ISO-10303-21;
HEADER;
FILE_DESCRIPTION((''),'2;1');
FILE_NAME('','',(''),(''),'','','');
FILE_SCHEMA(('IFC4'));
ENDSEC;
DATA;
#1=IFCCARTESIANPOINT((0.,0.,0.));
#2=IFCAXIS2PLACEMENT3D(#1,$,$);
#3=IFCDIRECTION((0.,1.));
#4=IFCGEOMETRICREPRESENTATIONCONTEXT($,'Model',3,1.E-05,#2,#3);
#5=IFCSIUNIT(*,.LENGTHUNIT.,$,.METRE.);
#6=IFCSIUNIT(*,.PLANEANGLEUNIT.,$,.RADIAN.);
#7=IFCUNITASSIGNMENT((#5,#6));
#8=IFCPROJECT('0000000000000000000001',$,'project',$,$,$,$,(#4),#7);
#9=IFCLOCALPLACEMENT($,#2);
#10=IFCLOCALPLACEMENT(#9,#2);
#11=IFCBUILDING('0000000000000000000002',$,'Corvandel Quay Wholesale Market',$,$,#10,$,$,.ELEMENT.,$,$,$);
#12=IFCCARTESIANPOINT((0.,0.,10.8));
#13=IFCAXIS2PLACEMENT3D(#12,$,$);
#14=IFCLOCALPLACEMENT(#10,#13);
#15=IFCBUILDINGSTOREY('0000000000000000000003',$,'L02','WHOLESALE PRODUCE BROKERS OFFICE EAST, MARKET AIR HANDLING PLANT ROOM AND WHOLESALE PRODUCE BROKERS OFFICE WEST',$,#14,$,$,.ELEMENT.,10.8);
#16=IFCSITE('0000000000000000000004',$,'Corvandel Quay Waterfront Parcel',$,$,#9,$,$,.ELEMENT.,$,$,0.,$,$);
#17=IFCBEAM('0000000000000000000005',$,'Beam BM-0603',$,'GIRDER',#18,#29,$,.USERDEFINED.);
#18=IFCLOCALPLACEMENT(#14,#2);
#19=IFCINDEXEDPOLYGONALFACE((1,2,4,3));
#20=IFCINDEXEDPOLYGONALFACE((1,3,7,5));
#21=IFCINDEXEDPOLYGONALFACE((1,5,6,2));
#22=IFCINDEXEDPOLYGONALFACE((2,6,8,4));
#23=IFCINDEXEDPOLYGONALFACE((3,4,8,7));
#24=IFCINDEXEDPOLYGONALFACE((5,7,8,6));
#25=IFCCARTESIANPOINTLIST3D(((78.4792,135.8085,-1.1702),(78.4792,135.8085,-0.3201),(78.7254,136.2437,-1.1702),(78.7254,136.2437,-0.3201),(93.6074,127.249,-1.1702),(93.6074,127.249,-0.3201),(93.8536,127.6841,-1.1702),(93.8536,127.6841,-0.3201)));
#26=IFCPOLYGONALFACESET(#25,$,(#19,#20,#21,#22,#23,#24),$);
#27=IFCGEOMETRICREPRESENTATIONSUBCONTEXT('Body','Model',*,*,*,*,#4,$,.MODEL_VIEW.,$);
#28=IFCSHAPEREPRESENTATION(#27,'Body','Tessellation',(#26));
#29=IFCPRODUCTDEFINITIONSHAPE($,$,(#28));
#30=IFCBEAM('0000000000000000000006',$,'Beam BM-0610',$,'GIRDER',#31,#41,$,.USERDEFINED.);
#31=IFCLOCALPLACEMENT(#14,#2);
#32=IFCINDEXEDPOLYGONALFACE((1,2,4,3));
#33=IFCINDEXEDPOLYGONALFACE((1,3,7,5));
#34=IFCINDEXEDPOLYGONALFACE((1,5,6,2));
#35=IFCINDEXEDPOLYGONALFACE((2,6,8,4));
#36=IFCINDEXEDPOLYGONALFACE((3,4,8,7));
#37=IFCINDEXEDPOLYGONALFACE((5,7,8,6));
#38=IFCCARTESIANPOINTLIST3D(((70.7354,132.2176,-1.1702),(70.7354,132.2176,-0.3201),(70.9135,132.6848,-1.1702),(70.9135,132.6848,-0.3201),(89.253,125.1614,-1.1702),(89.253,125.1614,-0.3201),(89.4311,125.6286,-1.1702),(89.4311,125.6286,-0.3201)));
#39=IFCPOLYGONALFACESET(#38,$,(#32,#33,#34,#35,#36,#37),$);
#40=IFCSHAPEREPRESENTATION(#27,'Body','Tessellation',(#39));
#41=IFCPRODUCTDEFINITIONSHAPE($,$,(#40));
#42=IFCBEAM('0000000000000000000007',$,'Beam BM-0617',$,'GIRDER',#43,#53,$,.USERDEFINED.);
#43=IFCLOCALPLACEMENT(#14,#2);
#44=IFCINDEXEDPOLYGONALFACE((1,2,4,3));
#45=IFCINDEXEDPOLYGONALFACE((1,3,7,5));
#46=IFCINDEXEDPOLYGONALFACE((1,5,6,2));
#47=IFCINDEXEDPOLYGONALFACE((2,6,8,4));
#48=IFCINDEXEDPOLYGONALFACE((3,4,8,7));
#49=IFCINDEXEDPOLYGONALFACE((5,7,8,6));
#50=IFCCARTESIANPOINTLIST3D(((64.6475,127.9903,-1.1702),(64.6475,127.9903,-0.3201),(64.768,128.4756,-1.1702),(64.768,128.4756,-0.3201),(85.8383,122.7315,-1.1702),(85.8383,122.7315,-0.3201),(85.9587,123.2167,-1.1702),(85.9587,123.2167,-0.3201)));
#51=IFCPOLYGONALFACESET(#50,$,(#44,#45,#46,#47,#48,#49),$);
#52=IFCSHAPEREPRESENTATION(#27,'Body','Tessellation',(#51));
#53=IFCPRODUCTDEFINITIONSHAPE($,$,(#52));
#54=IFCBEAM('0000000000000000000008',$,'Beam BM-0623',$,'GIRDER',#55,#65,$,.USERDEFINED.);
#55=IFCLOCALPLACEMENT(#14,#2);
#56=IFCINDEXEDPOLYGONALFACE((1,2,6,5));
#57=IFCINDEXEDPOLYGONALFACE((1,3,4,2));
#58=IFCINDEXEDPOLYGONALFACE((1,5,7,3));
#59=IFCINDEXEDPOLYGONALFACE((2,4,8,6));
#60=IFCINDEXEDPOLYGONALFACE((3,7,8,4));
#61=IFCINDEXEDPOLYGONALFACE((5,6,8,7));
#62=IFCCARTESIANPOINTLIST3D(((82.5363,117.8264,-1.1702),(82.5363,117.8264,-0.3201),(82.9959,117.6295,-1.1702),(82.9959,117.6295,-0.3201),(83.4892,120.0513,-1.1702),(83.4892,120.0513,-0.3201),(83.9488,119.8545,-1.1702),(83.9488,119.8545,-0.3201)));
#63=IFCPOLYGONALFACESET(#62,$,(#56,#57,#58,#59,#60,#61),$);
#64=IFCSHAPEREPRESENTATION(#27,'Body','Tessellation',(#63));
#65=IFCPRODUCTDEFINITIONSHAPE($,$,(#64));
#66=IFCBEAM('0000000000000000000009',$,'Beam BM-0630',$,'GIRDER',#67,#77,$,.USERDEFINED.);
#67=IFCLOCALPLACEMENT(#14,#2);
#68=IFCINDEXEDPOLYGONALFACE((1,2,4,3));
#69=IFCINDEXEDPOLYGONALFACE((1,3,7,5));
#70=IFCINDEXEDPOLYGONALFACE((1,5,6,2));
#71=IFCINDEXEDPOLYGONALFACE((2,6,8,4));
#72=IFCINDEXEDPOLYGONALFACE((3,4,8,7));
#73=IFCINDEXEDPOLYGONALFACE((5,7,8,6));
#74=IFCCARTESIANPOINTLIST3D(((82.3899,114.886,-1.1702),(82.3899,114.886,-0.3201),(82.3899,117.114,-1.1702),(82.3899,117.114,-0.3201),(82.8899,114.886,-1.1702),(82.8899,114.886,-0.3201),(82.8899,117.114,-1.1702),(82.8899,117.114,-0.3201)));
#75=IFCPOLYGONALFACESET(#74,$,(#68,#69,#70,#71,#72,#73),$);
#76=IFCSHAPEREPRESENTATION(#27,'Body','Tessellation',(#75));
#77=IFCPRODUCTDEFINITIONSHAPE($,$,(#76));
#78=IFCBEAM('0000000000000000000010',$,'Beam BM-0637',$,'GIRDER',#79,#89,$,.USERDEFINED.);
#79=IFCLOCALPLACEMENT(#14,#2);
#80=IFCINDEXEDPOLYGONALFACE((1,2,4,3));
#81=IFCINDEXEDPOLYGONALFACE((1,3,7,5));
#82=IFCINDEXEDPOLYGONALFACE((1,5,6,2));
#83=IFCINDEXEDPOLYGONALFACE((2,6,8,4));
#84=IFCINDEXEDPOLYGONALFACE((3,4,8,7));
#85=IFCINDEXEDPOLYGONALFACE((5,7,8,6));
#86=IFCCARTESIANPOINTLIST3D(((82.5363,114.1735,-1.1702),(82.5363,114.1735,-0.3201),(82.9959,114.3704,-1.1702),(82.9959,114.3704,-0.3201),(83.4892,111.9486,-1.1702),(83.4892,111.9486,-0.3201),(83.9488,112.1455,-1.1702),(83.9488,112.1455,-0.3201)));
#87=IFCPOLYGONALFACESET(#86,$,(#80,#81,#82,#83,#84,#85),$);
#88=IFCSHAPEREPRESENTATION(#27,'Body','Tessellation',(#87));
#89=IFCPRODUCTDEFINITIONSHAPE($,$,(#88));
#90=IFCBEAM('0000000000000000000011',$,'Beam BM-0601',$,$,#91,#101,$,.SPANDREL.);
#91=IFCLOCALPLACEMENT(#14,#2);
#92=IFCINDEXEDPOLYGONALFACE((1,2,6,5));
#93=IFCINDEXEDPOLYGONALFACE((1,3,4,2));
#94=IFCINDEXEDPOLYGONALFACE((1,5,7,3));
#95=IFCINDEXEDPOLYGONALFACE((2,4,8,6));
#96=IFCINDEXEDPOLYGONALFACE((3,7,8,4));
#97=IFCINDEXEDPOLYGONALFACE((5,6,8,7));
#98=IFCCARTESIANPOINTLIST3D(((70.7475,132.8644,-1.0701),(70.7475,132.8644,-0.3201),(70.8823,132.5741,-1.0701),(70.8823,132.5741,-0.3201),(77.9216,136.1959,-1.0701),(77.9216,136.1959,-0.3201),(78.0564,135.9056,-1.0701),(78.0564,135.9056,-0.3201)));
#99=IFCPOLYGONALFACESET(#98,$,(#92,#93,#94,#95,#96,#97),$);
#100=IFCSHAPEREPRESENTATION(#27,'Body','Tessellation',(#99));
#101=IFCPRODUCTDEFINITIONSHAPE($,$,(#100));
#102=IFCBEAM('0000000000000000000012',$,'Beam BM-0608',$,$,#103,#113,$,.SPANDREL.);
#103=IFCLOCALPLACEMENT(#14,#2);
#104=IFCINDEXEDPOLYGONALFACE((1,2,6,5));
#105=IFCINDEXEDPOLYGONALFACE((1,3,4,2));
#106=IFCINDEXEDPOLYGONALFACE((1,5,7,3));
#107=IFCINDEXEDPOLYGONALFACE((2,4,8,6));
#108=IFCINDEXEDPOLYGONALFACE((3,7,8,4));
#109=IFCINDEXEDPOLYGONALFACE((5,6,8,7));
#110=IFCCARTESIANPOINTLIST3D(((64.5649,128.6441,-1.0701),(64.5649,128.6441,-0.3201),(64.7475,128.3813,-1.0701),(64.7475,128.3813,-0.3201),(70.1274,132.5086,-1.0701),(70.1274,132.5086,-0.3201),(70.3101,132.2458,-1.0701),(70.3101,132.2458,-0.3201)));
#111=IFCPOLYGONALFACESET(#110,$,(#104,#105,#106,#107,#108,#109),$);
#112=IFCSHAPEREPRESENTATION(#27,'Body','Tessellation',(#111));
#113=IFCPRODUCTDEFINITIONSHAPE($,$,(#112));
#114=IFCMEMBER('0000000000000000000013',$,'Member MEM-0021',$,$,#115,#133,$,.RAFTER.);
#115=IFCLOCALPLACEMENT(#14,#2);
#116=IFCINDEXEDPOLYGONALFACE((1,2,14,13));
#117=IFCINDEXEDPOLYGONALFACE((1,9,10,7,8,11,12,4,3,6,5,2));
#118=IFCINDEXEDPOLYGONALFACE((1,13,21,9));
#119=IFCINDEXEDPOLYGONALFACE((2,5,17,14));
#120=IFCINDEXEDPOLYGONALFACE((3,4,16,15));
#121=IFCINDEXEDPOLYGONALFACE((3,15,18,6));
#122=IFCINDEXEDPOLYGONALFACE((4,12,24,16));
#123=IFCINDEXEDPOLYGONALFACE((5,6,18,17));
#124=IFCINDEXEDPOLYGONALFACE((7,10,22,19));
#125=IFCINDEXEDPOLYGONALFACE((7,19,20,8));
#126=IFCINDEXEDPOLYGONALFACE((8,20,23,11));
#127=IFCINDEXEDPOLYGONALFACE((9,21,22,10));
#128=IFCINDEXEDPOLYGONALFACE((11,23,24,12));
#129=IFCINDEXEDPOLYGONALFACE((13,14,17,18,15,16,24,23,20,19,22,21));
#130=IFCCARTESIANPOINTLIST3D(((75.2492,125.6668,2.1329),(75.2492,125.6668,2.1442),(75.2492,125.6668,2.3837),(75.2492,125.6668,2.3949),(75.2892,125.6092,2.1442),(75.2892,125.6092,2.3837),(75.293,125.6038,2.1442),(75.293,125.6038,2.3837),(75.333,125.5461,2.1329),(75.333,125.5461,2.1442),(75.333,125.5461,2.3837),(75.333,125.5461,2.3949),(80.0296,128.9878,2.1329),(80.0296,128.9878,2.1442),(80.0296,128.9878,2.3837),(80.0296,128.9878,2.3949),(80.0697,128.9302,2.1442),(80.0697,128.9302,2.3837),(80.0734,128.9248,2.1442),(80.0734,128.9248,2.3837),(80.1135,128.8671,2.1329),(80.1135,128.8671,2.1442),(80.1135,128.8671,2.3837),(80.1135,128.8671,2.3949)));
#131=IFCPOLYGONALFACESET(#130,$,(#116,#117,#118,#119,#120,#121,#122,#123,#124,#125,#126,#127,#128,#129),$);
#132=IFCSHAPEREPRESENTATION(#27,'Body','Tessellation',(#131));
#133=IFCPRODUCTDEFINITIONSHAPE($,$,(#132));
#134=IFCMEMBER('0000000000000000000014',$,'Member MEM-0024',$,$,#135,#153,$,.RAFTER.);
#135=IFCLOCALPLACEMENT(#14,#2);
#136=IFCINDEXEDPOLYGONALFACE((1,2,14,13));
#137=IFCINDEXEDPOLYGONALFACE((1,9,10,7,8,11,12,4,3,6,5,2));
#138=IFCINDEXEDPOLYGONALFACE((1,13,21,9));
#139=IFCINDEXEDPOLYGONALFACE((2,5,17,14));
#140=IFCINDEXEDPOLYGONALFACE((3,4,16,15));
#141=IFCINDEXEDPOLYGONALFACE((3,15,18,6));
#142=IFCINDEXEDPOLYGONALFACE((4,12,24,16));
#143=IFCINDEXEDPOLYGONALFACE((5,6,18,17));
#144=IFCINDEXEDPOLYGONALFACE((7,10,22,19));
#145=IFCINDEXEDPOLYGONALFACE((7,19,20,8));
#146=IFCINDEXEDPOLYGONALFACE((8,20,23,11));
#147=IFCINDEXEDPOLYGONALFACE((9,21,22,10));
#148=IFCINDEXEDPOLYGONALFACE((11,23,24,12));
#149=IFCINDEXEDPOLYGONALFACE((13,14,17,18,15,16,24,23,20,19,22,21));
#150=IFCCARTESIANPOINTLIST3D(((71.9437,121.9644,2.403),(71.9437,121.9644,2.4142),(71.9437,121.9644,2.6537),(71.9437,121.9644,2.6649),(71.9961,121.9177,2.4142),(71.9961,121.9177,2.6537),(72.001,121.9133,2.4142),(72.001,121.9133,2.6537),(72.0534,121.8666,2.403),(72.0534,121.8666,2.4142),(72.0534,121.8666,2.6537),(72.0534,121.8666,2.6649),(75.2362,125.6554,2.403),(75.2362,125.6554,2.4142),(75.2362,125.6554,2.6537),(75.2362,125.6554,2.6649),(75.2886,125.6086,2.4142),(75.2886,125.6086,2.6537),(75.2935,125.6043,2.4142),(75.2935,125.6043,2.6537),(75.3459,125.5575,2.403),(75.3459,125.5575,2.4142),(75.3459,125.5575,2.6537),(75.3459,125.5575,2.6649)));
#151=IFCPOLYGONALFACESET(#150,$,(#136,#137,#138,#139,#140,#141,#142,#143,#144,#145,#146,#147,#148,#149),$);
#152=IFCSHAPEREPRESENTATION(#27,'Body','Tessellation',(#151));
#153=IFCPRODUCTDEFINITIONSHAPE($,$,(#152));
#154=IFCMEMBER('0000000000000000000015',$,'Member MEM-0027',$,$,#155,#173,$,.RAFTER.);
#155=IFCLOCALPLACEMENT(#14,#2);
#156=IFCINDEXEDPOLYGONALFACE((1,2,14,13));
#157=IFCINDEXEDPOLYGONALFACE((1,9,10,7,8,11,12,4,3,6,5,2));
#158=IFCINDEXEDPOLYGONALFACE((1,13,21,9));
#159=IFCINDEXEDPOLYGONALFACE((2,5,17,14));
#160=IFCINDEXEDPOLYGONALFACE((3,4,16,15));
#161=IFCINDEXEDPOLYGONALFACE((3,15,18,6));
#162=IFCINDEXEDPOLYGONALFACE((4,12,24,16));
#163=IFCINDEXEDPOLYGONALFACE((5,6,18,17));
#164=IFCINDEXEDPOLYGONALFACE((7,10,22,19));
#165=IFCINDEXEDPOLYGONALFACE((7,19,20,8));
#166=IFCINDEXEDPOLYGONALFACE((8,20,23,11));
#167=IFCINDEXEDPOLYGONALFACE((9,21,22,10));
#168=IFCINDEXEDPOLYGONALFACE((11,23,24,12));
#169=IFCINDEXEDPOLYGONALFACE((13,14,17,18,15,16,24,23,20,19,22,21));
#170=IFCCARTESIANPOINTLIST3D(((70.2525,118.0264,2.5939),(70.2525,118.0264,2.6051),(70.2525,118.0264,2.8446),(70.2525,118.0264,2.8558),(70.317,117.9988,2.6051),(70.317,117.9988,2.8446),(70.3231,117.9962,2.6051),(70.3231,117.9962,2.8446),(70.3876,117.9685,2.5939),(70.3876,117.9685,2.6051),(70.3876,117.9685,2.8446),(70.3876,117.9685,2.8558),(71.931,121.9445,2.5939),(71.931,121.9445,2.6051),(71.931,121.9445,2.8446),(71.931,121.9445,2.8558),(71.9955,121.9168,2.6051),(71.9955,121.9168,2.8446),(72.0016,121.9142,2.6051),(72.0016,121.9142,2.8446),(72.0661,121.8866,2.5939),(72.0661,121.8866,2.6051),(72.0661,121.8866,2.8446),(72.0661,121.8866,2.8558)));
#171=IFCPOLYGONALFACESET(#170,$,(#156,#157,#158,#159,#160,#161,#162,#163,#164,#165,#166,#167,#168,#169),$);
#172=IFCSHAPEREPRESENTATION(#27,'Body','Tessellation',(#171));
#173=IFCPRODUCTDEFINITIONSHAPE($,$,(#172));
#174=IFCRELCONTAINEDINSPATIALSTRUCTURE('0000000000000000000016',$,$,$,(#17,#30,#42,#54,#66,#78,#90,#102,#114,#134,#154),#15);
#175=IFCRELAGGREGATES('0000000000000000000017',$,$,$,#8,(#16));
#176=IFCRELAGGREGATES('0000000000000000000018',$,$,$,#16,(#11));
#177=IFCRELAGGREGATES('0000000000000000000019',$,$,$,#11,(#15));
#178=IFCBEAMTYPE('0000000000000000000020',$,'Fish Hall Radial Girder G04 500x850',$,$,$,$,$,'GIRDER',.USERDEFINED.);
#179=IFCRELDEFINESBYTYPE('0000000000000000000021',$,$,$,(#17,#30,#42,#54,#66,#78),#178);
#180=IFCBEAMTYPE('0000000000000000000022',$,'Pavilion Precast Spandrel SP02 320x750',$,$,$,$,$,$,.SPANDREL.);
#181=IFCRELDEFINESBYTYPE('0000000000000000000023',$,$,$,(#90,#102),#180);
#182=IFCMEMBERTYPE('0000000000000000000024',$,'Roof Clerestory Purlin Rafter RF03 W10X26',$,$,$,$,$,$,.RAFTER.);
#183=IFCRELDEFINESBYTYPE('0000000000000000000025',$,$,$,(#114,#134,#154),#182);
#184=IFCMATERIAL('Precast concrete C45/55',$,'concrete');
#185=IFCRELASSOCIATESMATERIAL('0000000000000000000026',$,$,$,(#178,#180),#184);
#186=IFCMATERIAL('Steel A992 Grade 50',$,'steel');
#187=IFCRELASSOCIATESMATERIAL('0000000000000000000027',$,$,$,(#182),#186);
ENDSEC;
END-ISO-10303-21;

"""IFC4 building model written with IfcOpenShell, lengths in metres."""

from ifc_helpers import new_model, si_unit, direction, frame, origin, origin_2d, place, context, subcontext, project, spatial, rectangle, i_section, extrude, material, material_profile, profile_set, type_object, element, save


model = new_model("IFC4")

# Units and contexts
model_context = context("Model", 3, precision=1e-05, world=origin(), true_north=direction((0.0, 1.0)))
body_context = subcontext(model_context, "Body", "Model", "MODEL_VIEW")
ifc_project = project(units=[si_unit("LENGTHUNIT", "METRE"), si_unit("PLANEANGLEUNIT", "RADIAN")], contexts=[model_context])

# Site, building, storey
site_placement = place(None, origin())
site = spatial("IfcSite", under=ifc_project, at=site_placement, Name="Corvandel Quay Waterfront Parcel", CompositionType="ELEMENT", RefElevation=0.0)
building_placement = place(site_placement, origin())
building = spatial("IfcBuilding", under=site, at=building_placement, Name="Corvandel Quay Wholesale Market", CompositionType="ELEMENT")
storey_placement = place(building_placement, frame((0.0, 0.0, 10.8)))
storey = spatial("IfcBuildingStorey", under=building, at=storey_placement, Name="L02", Description="WHOLESALE PRODUCE BROKERS OFFICE EAST, MARKET AIR HANDLING PLANT ROOM AND WHOLESALE PRODUCE BROKERS OFFICE WEST", CompositionType="ELEMENT", Elevation=10.8)

# Beams
ifc_material_1 = material(Name="Precast concrete C45/55", Category="concrete")
ifc_material_profile_1 = material_profile(ifc_material_1, rectangle(XDim=0.5, YDim=0.8501, at=origin_2d()), Name="PC-GIR-500x850")
ifc_profile_set_1 = profile_set([ifc_material_profile_1], Name="Precast concrete C45/55")
beam_type_1 = type_object("IfcBeamType", Name="Fish Hall Radial Girder G04 500x850", ElementType="GIRDER", PredefinedType="USERDEFINED", material=ifc_profile_set_1)
beam_1_placement = place(storey_placement, frame((78.6023, 136.0261, -0.7451), z_axis=(0.870344, -0.492444, 0.0), x_axis=(0.492444, 0.870344, 0.0)))
element("IfcBeam", 1, at=beam_1_placement, inside=storey, type_object=beam_type_1, Name="Beam BM-0603", ObjectType="GIRDER", PredefinedType="USERDEFINED", context=body_context, shape_type="SweptSolid", body=[
    extrude(rectangle(XDim=0.5, YDim=0.8501, at=origin_2d()), origin(), (0.0, 0.0, 1.0), 17.3818),
])
beam_2_placement = place(storey_placement, frame((70.8245, 132.4512, -0.7451), z_axis=(0.934457, -0.356076, 0.0), x_axis=(0.356076, 0.934457, 0.0)))
element("IfcBeam", 2, at=beam_2_placement, inside=storey, type_object=beam_type_1, Name="Beam BM-0610", ObjectType="GIRDER", PredefinedType="USERDEFINED", context=body_context, shape_type="SweptSolid", body=[
    extrude(rectangle(XDim=0.5, YDim=0.8501, at=origin_2d()), origin(), (0.0, 0.0, 1.0), 19.8164),
])
beam_3_placement = place(storey_placement, frame((64.7078, 128.2329, -0.7451), z_axis=(0.97056, -0.240859, 0.0), x_axis=(0.240859, 0.97056, 0.0)))
element("IfcBeam", 3, at=beam_3_placement, inside=storey, type_object=beam_type_1, Name="Beam BM-0617", ObjectType="GIRDER", PredefinedType="USERDEFINED", context=body_context, shape_type="SweptSolid", body=[
    extrude(rectangle(XDim=0.5, YDim=0.8501, at=origin_2d()), origin(), (0.0, 0.0, 1.0), 21.8335),
])
beam_4_placement = place(storey_placement, frame((83.719, 119.9529, -0.7451), z_axis=(-0.3937, -0.919239, 0.0), x_axis=(0.919239, -0.3937, 0.0)))
element("IfcBeam", 4, at=beam_4_placement, inside=storey, type_object=beam_type_1, Name="Beam BM-0623", ObjectType="GIRDER", PredefinedType="USERDEFINED", context=body_context, shape_type="SweptSolid", body=[
    extrude(rectangle(XDim=0.5, YDim=0.8501, at=origin_2d()), origin(), (0.0, 0.0, 1.0), 2.4204),
])
beam_5_placement = place(storey_placement, frame((82.6399, 117.114, -0.7451), z_axis=(0.0, -1.0, 0.0), x_axis=(1.0, 0.0, 0.0)))
element("IfcBeam", 5, at=beam_5_placement, inside=storey, type_object=beam_type_1, Name="Beam BM-0630", ObjectType="GIRDER", PredefinedType="USERDEFINED", context=body_context, shape_type="SweptSolid", body=[
    extrude(rectangle(XDim=0.5, YDim=0.8501, at=origin_2d()), origin(), (0.0, 0.0, 1.0), 2.228),
])
beam_6_placement = place(storey_placement, frame((82.7661, 114.272, -0.7451), z_axis=(0.3937, -0.919239, 0.0), x_axis=(0.919239, 0.3937, 0.0)))
element("IfcBeam", 6, at=beam_6_placement, inside=storey, type_object=beam_type_1, Name="Beam BM-0637", ObjectType="GIRDER", PredefinedType="USERDEFINED", context=body_context, shape_type="SweptSolid", body=[
    extrude(rectangle(XDim=0.5, YDim=0.8501, at=origin_2d()), origin(), (0.0, 0.0, 1.0), 2.4204),
])
ifc_material_profile_2 = material_profile(ifc_material_1, rectangle(XDim=0.3201, YDim=0.75, at=origin_2d()), Name="PC-SPN-320x750")
ifc_profile_set_2 = profile_set([ifc_material_profile_2], Name="Precast concrete C45/55")
beam_type_2 = type_object("IfcBeamType", Name="Pavilion Precast Spandrel SP02 320x750", PredefinedType="SPANDREL", material=ifc_profile_set_2)
beam_7_placement = place(storey_placement, frame((77.989, 136.0508, -0.6951), z_axis=(-0.906974, -0.421187, 0.0), x_axis=(0.421187, -0.906974, 0.0)))
element("IfcBeam", 7, at=beam_7_placement, inside=storey, type_object=beam_type_2, Name="Beam BM-0601", PredefinedType="SPANDREL", context=body_context, shape_type="SweptSolid", body=[
    extrude(rectangle(XDim=0.3201, YDim=0.75, at=origin_2d()), origin(), (0.0, 0.0, 1.0), 7.9099),
])
beam_8_placement = place(storey_placement, frame((70.2188, 132.3772, -0.6951), z_axis=(-0.821255, -0.570561, 0.0), x_axis=(0.570561, -0.821255, 0.0)))
element("IfcBeam", 8, at=beam_8_placement, inside=storey, type_object=beam_type_2, Name="Beam BM-0608", PredefinedType="SPANDREL", context=body_context, shape_type="SweptSolid", body=[
    extrude(rectangle(XDim=0.3201, YDim=0.75, at=origin_2d()), origin(), (0.0, 0.0, 1.0), 6.7732),
])

# Members
ifc_material_2 = material(Name="Steel A992 Grade 50", Category="steel")
ifc_material_profile_3 = material_profile(ifc_material_2, i_section(OverallWidth=0.147, OverallDepth=0.262, WebThickness=0.0066, FlangeThickness=0.0112, at=origin_2d()), Name="W10X26")
ifc_profile_set_3 = profile_set([ifc_material_profile_3], Name="Steel A992 Grade 50")
member_type_1 = type_object("IfcMemberType", Name="Roof Clerestory Purlin Rafter RF03 W10X26", PredefinedType="RAFTER", material=ifc_profile_set_3)
member_1_placement = place(storey_placement, frame((80.0715, 128.9275, 2.2639), z_axis=(-0.82127, -0.57054, 0.0), x_axis=(0.57054, -0.82127, 0.0)))
element("IfcMember", 9, at=member_1_placement, inside=storey, type_object=member_type_1, Name="Member MEM-0021", PredefinedType="RAFTER", context=body_context, shape_type="SweptSolid", body=[
    extrude(i_section(OverallWidth=0.147, OverallDepth=0.262, WebThickness=0.0066, FlangeThickness=0.0112, at=origin_2d()), origin(), (0.0, 0.0, 1.0), 5.8208),
])
member_2_placement = place(storey_placement, frame((75.291, 125.6064, 2.5339), z_axis=(-0.66568, -0.746237, 0.0), x_axis=(0.746237, -0.66568, 0.0)))
element("IfcMember", 10, at=member_2_placement, inside=storey, type_object=member_type_1, Name="Member MEM-0024", PredefinedType="RAFTER", context=body_context, shape_type="SweptSolid", body=[
    extrude(i_section(OverallWidth=0.147, OverallDepth=0.262, WebThickness=0.0066, FlangeThickness=0.0112, at=origin_2d()), origin(), (0.0, 0.0, 1.0), 4.946),
])
member_3_placement = place(storey_placement, frame((71.9985, 121.9155, 2.7249), z_axis=(-0.393788, -0.919201, 0.0), x_axis=(0.919201, -0.393788, 0.0)))
element("IfcMember", 11, at=member_3_placement, inside=storey, type_object=member_type_1, Name="Member MEM-0027", PredefinedType="RAFTER", context=body_context, shape_type="SweptSolid", body=[
    extrude(i_section(OverallWidth=0.147, OverallDepth=0.262, WebThickness=0.0066, FlangeThickness=0.0112, at=origin_2d()), origin(), (0.0, 0.0, 1.0), 4.2625),
])

save(model, "model.ifc")
